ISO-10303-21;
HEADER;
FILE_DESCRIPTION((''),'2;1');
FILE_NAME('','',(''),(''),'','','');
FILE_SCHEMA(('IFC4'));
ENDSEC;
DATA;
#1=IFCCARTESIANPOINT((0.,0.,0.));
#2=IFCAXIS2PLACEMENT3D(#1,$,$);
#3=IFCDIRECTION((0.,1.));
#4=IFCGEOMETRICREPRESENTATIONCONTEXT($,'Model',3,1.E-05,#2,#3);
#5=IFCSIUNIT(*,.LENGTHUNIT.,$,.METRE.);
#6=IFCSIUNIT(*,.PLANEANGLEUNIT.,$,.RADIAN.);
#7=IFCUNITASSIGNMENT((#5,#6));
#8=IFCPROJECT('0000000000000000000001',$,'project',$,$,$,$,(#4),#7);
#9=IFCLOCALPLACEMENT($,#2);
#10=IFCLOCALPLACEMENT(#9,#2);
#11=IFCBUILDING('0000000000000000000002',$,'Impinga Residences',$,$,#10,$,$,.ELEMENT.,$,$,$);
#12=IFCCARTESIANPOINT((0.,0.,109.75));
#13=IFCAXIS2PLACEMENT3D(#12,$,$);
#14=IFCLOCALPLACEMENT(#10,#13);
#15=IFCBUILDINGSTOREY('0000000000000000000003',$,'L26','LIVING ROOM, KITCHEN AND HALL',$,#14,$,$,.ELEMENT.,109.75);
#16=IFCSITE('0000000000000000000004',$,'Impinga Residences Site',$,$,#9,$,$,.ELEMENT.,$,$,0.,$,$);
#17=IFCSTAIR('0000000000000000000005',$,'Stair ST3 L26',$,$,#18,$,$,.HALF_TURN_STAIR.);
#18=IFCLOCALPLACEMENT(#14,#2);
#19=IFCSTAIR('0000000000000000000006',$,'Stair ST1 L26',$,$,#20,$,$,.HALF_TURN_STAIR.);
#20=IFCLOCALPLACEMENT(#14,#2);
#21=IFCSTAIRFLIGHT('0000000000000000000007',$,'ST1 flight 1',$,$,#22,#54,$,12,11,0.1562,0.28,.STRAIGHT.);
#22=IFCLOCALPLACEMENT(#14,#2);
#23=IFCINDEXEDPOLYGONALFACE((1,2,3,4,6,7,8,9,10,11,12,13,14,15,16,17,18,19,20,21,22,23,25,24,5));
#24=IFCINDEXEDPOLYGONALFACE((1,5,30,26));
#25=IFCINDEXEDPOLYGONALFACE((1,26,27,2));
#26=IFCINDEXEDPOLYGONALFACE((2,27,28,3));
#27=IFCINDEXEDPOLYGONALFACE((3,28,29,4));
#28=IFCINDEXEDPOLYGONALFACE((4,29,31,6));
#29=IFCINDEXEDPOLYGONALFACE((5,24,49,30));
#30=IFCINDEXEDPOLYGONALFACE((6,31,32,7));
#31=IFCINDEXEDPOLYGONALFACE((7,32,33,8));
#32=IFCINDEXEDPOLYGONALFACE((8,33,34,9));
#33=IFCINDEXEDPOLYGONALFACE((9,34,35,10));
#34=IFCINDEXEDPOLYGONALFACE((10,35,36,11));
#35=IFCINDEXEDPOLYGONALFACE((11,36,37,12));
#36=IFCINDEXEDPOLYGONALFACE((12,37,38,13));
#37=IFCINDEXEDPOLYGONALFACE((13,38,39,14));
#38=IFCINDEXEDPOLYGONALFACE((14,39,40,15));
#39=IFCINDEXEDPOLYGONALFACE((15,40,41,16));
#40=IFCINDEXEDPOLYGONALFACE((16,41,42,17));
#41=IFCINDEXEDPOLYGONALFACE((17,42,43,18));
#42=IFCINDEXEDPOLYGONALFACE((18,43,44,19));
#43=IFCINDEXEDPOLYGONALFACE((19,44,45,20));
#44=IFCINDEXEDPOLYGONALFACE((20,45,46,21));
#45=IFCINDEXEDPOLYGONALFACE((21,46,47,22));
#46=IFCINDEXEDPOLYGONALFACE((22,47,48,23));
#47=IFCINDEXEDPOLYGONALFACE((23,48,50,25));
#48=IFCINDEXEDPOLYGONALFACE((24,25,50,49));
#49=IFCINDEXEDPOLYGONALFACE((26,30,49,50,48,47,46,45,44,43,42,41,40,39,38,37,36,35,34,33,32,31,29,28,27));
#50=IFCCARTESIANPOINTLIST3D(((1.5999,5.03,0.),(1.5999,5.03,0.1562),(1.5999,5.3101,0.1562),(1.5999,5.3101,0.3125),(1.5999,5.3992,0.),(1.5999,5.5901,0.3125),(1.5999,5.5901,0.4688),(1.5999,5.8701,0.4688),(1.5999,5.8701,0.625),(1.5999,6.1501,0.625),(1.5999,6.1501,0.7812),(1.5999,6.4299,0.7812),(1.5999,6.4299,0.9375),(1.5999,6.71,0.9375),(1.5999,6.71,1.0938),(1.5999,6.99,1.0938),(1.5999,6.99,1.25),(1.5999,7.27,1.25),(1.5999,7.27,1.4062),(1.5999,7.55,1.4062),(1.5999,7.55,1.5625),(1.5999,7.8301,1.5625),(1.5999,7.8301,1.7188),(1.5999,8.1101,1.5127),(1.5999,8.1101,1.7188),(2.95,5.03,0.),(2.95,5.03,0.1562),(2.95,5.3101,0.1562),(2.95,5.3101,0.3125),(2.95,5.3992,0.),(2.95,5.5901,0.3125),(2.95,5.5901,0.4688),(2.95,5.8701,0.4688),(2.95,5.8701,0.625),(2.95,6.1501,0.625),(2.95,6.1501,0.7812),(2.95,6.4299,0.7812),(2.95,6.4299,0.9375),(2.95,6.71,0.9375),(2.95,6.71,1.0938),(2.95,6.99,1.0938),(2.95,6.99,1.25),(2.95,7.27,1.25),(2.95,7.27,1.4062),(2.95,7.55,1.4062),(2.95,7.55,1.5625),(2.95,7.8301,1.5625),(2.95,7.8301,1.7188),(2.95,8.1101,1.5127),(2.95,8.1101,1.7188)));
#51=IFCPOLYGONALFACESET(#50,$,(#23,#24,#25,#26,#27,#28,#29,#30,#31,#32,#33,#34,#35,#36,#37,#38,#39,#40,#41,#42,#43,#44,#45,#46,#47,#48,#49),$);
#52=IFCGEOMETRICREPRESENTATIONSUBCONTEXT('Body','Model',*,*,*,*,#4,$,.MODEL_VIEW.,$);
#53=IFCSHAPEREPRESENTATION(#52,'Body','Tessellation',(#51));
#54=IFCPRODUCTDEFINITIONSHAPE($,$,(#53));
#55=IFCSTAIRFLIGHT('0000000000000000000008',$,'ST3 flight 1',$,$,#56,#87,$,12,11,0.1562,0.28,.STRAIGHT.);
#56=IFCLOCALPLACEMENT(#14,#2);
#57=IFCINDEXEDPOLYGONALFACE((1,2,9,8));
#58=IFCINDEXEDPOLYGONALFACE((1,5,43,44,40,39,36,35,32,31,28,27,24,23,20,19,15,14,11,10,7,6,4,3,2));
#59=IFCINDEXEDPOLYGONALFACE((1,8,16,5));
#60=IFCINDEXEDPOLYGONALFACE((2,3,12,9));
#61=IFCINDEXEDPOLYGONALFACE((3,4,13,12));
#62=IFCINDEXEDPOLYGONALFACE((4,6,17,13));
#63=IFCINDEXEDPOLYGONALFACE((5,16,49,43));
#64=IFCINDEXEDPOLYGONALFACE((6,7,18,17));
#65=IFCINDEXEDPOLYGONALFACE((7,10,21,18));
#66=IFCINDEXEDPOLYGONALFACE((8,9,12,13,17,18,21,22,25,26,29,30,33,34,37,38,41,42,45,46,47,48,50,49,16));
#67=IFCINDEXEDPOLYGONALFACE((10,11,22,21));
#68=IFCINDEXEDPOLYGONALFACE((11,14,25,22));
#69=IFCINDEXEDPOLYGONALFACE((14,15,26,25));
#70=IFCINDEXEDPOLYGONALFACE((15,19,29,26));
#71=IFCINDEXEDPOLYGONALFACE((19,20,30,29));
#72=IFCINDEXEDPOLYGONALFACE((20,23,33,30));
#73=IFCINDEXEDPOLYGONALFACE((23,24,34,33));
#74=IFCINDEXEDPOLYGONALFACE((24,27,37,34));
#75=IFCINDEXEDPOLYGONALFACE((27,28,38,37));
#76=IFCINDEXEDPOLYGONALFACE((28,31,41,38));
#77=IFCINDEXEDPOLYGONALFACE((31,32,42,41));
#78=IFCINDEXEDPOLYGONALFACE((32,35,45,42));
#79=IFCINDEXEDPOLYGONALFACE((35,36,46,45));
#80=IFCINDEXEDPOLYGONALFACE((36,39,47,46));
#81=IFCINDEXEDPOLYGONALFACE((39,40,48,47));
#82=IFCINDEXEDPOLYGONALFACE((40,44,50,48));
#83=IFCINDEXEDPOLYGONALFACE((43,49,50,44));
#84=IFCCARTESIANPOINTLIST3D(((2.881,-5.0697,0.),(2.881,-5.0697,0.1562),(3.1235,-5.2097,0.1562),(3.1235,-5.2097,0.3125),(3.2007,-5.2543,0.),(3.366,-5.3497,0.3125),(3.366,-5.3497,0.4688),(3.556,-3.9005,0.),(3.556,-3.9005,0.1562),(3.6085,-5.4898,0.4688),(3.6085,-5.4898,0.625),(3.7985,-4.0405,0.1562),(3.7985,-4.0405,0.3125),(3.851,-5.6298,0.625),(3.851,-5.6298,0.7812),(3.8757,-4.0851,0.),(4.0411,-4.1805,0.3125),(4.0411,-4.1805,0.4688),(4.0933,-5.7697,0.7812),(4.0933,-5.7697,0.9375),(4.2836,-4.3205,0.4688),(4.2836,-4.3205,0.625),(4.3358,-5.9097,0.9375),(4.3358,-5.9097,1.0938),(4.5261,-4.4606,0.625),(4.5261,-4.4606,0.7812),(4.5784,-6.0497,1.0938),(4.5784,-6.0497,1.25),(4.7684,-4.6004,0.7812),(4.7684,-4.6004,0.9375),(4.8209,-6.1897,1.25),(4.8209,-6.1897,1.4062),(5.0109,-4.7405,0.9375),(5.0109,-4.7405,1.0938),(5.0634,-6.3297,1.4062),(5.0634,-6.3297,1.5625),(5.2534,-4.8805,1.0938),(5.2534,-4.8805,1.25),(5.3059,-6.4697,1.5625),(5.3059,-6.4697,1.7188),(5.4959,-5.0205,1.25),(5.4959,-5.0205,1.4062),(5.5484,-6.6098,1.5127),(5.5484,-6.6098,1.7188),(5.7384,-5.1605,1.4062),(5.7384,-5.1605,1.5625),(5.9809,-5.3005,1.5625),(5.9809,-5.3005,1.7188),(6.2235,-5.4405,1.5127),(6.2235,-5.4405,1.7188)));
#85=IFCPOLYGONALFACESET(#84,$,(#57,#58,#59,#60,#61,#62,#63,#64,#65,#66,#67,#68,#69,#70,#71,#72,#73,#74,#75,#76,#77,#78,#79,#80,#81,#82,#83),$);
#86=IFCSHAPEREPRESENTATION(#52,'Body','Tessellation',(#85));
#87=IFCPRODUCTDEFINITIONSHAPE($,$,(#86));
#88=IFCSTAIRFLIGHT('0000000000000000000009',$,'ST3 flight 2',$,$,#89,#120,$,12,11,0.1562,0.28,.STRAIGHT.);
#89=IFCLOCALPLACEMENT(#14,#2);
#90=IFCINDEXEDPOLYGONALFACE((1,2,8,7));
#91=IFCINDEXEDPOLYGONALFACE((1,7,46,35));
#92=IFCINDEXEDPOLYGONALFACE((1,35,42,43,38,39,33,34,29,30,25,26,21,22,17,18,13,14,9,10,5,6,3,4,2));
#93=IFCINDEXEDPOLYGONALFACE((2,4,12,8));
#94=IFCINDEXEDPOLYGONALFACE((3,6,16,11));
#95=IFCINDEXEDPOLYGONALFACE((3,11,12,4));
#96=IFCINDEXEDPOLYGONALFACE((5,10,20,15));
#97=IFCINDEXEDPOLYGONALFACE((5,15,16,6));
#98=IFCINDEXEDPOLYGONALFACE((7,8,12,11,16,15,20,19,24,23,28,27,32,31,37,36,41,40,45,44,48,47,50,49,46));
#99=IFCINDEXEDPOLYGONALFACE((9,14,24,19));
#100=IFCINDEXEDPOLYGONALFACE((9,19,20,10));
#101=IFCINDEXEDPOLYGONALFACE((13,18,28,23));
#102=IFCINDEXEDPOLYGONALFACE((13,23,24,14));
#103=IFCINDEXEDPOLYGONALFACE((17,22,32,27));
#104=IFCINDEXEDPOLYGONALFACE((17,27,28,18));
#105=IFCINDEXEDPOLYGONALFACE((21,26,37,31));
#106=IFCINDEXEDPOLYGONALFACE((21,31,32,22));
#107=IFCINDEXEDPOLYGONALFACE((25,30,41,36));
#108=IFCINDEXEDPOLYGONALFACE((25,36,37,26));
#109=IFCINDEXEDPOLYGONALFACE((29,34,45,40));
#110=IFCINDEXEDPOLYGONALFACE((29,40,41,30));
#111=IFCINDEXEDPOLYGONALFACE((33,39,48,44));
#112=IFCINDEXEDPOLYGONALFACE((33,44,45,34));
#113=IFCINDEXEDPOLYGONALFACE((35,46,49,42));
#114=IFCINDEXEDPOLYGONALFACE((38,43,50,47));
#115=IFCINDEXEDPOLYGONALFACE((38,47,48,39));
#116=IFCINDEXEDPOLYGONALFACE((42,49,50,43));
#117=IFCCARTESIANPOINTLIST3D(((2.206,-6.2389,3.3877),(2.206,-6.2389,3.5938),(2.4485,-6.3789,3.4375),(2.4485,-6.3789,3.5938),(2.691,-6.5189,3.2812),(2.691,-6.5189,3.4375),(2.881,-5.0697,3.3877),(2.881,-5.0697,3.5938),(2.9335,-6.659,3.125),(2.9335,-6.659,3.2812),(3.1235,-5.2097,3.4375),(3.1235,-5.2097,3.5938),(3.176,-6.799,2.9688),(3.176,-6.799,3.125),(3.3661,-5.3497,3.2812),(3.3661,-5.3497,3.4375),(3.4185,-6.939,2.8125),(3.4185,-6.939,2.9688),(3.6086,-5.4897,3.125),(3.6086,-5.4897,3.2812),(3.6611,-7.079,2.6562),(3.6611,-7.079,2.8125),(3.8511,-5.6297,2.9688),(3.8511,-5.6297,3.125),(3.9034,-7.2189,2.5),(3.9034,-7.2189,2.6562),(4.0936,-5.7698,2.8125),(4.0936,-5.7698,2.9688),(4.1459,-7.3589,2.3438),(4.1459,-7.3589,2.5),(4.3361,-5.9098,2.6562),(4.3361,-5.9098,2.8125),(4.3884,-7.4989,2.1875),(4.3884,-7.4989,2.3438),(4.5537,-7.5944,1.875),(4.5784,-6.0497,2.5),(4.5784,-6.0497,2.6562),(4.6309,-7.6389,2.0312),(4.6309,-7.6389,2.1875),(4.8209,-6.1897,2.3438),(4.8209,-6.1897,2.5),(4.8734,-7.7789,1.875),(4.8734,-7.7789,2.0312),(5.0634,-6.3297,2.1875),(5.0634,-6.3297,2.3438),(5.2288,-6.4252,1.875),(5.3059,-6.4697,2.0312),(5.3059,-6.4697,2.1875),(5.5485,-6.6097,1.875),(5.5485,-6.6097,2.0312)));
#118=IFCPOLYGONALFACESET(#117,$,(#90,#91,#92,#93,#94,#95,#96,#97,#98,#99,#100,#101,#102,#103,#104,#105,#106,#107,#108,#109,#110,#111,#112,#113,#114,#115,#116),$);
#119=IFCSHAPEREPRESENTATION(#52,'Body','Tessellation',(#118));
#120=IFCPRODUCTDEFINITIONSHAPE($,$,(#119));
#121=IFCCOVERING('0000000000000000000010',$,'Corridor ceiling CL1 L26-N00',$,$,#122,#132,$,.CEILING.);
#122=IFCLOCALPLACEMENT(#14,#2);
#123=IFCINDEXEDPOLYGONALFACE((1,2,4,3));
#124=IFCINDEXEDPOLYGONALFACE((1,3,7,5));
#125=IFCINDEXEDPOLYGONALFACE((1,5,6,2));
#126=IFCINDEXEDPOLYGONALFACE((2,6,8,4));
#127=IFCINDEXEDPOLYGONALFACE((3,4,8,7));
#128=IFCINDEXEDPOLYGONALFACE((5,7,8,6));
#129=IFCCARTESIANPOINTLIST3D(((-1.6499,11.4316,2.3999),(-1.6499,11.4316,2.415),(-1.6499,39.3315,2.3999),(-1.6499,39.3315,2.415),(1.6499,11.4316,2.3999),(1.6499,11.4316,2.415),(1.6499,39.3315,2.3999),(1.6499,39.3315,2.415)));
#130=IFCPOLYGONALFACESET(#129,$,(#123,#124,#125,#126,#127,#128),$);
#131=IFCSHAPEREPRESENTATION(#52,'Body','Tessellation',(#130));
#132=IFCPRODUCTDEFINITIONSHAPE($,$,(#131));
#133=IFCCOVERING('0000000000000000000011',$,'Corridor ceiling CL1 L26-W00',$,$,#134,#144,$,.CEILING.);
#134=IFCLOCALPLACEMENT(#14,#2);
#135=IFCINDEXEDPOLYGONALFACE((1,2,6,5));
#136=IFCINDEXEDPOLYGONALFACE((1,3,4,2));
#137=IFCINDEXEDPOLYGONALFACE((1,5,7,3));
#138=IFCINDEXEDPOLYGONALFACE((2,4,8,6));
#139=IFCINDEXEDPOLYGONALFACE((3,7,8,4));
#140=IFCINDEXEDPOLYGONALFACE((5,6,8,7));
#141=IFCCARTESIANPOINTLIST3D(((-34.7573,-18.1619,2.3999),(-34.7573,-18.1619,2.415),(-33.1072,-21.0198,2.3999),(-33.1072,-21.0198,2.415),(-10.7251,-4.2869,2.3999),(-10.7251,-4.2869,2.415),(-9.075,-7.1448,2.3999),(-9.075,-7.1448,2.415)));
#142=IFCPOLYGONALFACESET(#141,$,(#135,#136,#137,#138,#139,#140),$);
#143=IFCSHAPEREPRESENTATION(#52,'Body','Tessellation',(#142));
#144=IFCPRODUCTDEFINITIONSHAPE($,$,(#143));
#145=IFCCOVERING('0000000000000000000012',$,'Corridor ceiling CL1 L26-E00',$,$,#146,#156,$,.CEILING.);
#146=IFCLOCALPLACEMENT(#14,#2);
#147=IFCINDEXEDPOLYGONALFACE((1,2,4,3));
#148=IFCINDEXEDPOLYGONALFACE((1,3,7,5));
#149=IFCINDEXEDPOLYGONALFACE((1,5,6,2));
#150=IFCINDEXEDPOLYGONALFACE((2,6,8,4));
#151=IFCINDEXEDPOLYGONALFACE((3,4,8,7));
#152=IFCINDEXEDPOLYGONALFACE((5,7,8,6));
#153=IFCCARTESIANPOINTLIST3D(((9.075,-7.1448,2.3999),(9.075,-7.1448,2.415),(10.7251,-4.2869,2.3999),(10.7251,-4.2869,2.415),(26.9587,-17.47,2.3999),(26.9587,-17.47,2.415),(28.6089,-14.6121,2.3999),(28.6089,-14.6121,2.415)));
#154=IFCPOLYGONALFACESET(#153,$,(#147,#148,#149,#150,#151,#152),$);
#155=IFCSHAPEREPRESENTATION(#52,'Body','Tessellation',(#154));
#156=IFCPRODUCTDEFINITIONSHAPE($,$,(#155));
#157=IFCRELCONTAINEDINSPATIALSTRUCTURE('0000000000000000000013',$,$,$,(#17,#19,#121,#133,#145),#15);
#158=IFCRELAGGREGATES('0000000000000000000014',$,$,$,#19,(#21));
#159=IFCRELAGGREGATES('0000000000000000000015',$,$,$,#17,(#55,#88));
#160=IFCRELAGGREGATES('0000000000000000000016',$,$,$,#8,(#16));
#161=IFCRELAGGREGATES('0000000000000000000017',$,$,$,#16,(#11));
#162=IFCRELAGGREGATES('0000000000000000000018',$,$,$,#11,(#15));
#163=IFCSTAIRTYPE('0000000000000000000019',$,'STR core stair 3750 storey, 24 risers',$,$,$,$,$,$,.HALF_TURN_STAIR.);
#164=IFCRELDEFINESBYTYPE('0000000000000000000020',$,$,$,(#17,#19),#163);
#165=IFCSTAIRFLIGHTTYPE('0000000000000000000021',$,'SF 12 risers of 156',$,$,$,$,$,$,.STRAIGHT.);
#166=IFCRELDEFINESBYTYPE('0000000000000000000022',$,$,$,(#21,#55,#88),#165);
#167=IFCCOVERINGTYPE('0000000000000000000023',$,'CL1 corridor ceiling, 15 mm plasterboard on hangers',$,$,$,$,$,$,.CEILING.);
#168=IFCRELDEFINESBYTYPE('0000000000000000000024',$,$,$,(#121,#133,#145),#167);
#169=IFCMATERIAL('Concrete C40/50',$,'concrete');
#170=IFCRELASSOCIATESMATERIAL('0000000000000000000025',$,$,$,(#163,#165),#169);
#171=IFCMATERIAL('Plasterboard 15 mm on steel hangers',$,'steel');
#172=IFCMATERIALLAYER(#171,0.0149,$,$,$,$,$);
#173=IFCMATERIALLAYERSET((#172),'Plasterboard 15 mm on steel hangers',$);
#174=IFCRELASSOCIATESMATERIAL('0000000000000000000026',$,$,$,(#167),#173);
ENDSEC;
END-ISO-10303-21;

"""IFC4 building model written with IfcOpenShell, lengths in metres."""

from ifc_helpers import new_model, si_unit, direction, frame, origin, place, context, subcontext, project, spatial, polyline, outline, extrude, material, layer, layer_set, type_object, element, aggregate, save


model = new_model("IFC4")

# Units and contexts
model_context = context("Model", 3, precision=1e-05, world=origin(), true_north=direction((0.0, 1.0)))
body_context = subcontext(model_context, "Body", "Model", "MODEL_VIEW")
ifc_project = project(units=[si_unit("LENGTHUNIT", "METRE"), si_unit("PLANEANGLEUNIT", "RADIAN")], contexts=[model_context])

# Site, building, storey
site_placement = place(None, origin())
site = spatial("IfcSite", under=ifc_project, at=site_placement, Name="Impinga Residences Site", CompositionType="ELEMENT", RefElevation=0.0)
building_placement = place(site_placement, origin())
building = spatial("IfcBuilding", under=site, at=building_placement, Name="Impinga Residences", CompositionType="ELEMENT")
storey_placement = place(building_placement, frame((0.0, 0.0, 109.75)))
storey = spatial("IfcBuildingStorey", under=building, at=storey_placement, Name="L26", Description="LIVING ROOM, KITCHEN AND HALL", CompositionType="ELEMENT", Elevation=109.75)

# Stair
ifc_material_1 = material(Name="Concrete C40/50", Category="concrete")
stair_type_1 = type_object("IfcStairType", Name="STR core stair 3750 storey, 24 risers", PredefinedType="HALF_TURN_STAIR", material=ifc_material_1)
stair_1_placement = place(storey_placement, origin())
stair_1 = element("IfcStair", 1, at=stair_1_placement, inside=storey, type_object=stair_type_1, Name="Stair ST3 L26", PredefinedType="HALF_TURN_STAIR")

# Stair, stair flight
stair_2_placement = place(storey_placement, origin())
stair_2 = element("IfcStair", 2, at=stair_2_placement, inside=storey, type_object=stair_type_1, Name="Stair ST1 L26", PredefinedType="HALF_TURN_STAIR")
stair_flight_type = type_object("IfcStairFlightType", Name="SF 12 risers of 156", PredefinedType="STRAIGHT", material=ifc_material_1)
stair_flight_1_placement = place(storey_placement, frame((2.2749, 5.03, 0.0), z_axis=(0.0, 0.0, 1.0), x_axis=(0.0, 1.0, 0.0)))
stair_flight_1 = element("IfcStairFlight", 3, at=stair_flight_1_placement, type_object=stair_flight_type, Name="ST1 flight 1", NumberOfRisers=12, NumberOfTreads=11, PredefinedType="STRAIGHT", RiserHeight=0.1562, TreadLength=0.28, context=body_context, shape_type="SweptSolid", body=[
    extrude(outline(polyline([(0.0, 0.0), (0.0, 0.1562), (0.28, 0.1562), (0.28, 0.3125), (0.5601, 0.3125), (0.5601, 0.4688), (0.8401, 0.4688), (0.8401, 0.625), (1.1201, 0.625), (1.1201, 0.7812), (1.3999, 0.7812), (1.3999, 0.9375), (1.6799, 0.9375), (1.6799, 1.0938), (1.96, 1.0938), (1.96, 1.25), (2.24, 1.25), (2.24, 1.4062), (2.52, 1.4062), (2.52, 1.5625), (2.8, 1.5625), (2.8, 1.7188), (3.0801, 1.7188), (3.0801, 1.875), (3.0801, 1.5127), (0.3691, 0.0), (0.0, 0.0)])), frame((0.0, 0.675, 0.0), z_axis=(0.0, -1.0, 0.0), x_axis=(1.0, 0.0, 0.0)), (0.0, 0.0, 1.0), 1.3501),
])
aggregate(stair_2, [stair_flight_1])

# Stair flights
stair_flight_2_placement = place(storey_placement, frame((3.2185, -4.4851, 0.0), z_axis=(0.0, 0.0, 1.0), x_axis=(0.866025, -0.5, 0.0)))
stair_flight_2 = element("IfcStairFlight", 4, at=stair_flight_2_placement, type_object=stair_flight_type, Name="ST3 flight 1", NumberOfRisers=12, NumberOfTreads=11, PredefinedType="STRAIGHT", RiserHeight=0.1562, TreadLength=0.28, context=body_context, shape_type="SweptSolid", body=[
    extrude(outline(polyline([(0.0, 0.0), (0.0, 0.1562), (0.28, 0.1562), (0.28, 0.3125), (0.5601, 0.3125), (0.5601, 0.4688), (0.8401, 0.4688), (0.8401, 0.625), (1.1201, 0.625), (1.1201, 0.7812), (1.3999, 0.7812), (1.3999, 0.9375), (1.6799, 0.9375), (1.6799, 1.0938), (1.96, 1.0938), (1.96, 1.25), (2.24, 1.25), (2.24, 1.4062), (2.52, 1.4062), (2.52, 1.5625), (2.8, 1.5625), (2.8, 1.7188), (3.0801, 1.7188), (3.0801, 1.875), (3.0801, 1.5127), (0.3691, 0.0), (0.0, 0.0)])), frame((0.0, 0.675, 0.0), z_axis=(0.0, -1.0, 0.0), x_axis=(1.0, 0.0, 0.0)), (0.0, 0.0, 1.0), 1.3501),
])
stair_flight_3_placement = place(storey_placement, frame((5.2109, -7.1943, 1.875), z_axis=(0.0, 0.0, 1.0), x_axis=(-0.866025, 0.5, 0.0)))
stair_flight_3 = element("IfcStairFlight", 5, at=stair_flight_3_placement, type_object=stair_flight_type, Name="ST3 flight 2", NumberOfRisers=12, NumberOfTreads=11, PredefinedType="STRAIGHT", RiserHeight=0.1562, TreadLength=0.28, context=body_context, shape_type="SweptSolid", body=[
    extrude(outline(polyline([(0.0, 0.0), (0.0, 0.1562), (0.28, 0.1562), (0.28, 0.3125), (0.5601, 0.3125), (0.5601, 0.4688), (0.8401, 0.4688), (0.8401, 0.625), (1.1201, 0.625), (1.1201, 0.7812), (1.3999, 0.7812), (1.3999, 0.9375), (1.6799, 0.9375), (1.6799, 1.0938), (1.96, 1.0938), (1.96, 1.25), (2.24, 1.25), (2.24, 1.4062), (2.52, 1.4062), (2.52, 1.5625), (2.8, 1.5625), (2.8, 1.7188), (3.0801, 1.7188), (3.0801, 1.875), (3.0801, 1.5127), (0.3691, 0.0), (0.0, 0.0)])), frame((0.0, 0.675, 0.0), z_axis=(0.0, -1.0, 0.0), x_axis=(1.0, 0.0, 0.0)), (0.0, 0.0, 1.0), 1.3501),
])
aggregate(stair_1, [stair_flight_2, stair_flight_3])

# Coverings
ifc_material_2 = material(Name="Plasterboard 15 mm on steel hangers", Category="steel")
ifc_layer_1 = layer(ifc_material_2, 0.0149)
ifc_layer_set_1 = layer_set([ifc_layer_1], Name="Plasterboard 15 mm on steel hangers")
covering_type_1 = type_object("IfcCoveringType", Name="CL1 corridor ceiling, 15 mm plasterboard on hangers", PredefinedType="CEILING", material=ifc_layer_set_1)
covering_1_placement = place(storey_placement, frame((0.0, 0.0, 2.3999)))
element("IfcCovering", 6, at=covering_1_placement, inside=storey, type_object=covering_type_1, Name="Corridor ceiling CL1 L26-N00", PredefinedType="CEILING", context=body_context, shape_type="SweptSolid", body=[
    extrude(outline(polyline([(-1.6499, 11.4316), (1.6499, 11.4316), (1.6499, 39.3315), (-1.6499, 39.3315), (-1.6499, 11.4316)])), origin(), (0.0, 0.0, 1.0), 0.0151),
])
covering_2_placement = place(storey_placement, frame((0.0, 0.0, 2.3999)))
element("IfcCovering", 7, at=covering_2_placement, inside=storey, type_object=covering_type_1, Name="Corridor ceiling CL1 L26-W00", PredefinedType="CEILING", context=body_context, shape_type="SweptSolid", body=[
    extrude(outline(polyline([(-9.075, -7.1448), (-10.7251, -4.2869), (-34.7573, -18.1619), (-33.1072, -21.0198), (-9.075, -7.1448)])), origin(), (0.0, 0.0, 1.0), 0.0151),
])
covering_3_placement = place(storey_placement, frame((0.0, 0.0, 2.3999)))
element("IfcCovering", 8, at=covering_3_placement, inside=storey, type_object=covering_type_1, Name="Corridor ceiling CL1 L26-E00", PredefinedType="CEILING", context=body_context, shape_type="SweptSolid", body=[
    extrude(outline(polyline([(9.075, -7.1448), (10.7251, -4.2869), (28.6089, -14.6121), (26.9587, -17.47), (9.075, -7.1448)])), origin(), (0.0, 0.0, 1.0), 0.0151),
])

save(model, "model.ifc")
